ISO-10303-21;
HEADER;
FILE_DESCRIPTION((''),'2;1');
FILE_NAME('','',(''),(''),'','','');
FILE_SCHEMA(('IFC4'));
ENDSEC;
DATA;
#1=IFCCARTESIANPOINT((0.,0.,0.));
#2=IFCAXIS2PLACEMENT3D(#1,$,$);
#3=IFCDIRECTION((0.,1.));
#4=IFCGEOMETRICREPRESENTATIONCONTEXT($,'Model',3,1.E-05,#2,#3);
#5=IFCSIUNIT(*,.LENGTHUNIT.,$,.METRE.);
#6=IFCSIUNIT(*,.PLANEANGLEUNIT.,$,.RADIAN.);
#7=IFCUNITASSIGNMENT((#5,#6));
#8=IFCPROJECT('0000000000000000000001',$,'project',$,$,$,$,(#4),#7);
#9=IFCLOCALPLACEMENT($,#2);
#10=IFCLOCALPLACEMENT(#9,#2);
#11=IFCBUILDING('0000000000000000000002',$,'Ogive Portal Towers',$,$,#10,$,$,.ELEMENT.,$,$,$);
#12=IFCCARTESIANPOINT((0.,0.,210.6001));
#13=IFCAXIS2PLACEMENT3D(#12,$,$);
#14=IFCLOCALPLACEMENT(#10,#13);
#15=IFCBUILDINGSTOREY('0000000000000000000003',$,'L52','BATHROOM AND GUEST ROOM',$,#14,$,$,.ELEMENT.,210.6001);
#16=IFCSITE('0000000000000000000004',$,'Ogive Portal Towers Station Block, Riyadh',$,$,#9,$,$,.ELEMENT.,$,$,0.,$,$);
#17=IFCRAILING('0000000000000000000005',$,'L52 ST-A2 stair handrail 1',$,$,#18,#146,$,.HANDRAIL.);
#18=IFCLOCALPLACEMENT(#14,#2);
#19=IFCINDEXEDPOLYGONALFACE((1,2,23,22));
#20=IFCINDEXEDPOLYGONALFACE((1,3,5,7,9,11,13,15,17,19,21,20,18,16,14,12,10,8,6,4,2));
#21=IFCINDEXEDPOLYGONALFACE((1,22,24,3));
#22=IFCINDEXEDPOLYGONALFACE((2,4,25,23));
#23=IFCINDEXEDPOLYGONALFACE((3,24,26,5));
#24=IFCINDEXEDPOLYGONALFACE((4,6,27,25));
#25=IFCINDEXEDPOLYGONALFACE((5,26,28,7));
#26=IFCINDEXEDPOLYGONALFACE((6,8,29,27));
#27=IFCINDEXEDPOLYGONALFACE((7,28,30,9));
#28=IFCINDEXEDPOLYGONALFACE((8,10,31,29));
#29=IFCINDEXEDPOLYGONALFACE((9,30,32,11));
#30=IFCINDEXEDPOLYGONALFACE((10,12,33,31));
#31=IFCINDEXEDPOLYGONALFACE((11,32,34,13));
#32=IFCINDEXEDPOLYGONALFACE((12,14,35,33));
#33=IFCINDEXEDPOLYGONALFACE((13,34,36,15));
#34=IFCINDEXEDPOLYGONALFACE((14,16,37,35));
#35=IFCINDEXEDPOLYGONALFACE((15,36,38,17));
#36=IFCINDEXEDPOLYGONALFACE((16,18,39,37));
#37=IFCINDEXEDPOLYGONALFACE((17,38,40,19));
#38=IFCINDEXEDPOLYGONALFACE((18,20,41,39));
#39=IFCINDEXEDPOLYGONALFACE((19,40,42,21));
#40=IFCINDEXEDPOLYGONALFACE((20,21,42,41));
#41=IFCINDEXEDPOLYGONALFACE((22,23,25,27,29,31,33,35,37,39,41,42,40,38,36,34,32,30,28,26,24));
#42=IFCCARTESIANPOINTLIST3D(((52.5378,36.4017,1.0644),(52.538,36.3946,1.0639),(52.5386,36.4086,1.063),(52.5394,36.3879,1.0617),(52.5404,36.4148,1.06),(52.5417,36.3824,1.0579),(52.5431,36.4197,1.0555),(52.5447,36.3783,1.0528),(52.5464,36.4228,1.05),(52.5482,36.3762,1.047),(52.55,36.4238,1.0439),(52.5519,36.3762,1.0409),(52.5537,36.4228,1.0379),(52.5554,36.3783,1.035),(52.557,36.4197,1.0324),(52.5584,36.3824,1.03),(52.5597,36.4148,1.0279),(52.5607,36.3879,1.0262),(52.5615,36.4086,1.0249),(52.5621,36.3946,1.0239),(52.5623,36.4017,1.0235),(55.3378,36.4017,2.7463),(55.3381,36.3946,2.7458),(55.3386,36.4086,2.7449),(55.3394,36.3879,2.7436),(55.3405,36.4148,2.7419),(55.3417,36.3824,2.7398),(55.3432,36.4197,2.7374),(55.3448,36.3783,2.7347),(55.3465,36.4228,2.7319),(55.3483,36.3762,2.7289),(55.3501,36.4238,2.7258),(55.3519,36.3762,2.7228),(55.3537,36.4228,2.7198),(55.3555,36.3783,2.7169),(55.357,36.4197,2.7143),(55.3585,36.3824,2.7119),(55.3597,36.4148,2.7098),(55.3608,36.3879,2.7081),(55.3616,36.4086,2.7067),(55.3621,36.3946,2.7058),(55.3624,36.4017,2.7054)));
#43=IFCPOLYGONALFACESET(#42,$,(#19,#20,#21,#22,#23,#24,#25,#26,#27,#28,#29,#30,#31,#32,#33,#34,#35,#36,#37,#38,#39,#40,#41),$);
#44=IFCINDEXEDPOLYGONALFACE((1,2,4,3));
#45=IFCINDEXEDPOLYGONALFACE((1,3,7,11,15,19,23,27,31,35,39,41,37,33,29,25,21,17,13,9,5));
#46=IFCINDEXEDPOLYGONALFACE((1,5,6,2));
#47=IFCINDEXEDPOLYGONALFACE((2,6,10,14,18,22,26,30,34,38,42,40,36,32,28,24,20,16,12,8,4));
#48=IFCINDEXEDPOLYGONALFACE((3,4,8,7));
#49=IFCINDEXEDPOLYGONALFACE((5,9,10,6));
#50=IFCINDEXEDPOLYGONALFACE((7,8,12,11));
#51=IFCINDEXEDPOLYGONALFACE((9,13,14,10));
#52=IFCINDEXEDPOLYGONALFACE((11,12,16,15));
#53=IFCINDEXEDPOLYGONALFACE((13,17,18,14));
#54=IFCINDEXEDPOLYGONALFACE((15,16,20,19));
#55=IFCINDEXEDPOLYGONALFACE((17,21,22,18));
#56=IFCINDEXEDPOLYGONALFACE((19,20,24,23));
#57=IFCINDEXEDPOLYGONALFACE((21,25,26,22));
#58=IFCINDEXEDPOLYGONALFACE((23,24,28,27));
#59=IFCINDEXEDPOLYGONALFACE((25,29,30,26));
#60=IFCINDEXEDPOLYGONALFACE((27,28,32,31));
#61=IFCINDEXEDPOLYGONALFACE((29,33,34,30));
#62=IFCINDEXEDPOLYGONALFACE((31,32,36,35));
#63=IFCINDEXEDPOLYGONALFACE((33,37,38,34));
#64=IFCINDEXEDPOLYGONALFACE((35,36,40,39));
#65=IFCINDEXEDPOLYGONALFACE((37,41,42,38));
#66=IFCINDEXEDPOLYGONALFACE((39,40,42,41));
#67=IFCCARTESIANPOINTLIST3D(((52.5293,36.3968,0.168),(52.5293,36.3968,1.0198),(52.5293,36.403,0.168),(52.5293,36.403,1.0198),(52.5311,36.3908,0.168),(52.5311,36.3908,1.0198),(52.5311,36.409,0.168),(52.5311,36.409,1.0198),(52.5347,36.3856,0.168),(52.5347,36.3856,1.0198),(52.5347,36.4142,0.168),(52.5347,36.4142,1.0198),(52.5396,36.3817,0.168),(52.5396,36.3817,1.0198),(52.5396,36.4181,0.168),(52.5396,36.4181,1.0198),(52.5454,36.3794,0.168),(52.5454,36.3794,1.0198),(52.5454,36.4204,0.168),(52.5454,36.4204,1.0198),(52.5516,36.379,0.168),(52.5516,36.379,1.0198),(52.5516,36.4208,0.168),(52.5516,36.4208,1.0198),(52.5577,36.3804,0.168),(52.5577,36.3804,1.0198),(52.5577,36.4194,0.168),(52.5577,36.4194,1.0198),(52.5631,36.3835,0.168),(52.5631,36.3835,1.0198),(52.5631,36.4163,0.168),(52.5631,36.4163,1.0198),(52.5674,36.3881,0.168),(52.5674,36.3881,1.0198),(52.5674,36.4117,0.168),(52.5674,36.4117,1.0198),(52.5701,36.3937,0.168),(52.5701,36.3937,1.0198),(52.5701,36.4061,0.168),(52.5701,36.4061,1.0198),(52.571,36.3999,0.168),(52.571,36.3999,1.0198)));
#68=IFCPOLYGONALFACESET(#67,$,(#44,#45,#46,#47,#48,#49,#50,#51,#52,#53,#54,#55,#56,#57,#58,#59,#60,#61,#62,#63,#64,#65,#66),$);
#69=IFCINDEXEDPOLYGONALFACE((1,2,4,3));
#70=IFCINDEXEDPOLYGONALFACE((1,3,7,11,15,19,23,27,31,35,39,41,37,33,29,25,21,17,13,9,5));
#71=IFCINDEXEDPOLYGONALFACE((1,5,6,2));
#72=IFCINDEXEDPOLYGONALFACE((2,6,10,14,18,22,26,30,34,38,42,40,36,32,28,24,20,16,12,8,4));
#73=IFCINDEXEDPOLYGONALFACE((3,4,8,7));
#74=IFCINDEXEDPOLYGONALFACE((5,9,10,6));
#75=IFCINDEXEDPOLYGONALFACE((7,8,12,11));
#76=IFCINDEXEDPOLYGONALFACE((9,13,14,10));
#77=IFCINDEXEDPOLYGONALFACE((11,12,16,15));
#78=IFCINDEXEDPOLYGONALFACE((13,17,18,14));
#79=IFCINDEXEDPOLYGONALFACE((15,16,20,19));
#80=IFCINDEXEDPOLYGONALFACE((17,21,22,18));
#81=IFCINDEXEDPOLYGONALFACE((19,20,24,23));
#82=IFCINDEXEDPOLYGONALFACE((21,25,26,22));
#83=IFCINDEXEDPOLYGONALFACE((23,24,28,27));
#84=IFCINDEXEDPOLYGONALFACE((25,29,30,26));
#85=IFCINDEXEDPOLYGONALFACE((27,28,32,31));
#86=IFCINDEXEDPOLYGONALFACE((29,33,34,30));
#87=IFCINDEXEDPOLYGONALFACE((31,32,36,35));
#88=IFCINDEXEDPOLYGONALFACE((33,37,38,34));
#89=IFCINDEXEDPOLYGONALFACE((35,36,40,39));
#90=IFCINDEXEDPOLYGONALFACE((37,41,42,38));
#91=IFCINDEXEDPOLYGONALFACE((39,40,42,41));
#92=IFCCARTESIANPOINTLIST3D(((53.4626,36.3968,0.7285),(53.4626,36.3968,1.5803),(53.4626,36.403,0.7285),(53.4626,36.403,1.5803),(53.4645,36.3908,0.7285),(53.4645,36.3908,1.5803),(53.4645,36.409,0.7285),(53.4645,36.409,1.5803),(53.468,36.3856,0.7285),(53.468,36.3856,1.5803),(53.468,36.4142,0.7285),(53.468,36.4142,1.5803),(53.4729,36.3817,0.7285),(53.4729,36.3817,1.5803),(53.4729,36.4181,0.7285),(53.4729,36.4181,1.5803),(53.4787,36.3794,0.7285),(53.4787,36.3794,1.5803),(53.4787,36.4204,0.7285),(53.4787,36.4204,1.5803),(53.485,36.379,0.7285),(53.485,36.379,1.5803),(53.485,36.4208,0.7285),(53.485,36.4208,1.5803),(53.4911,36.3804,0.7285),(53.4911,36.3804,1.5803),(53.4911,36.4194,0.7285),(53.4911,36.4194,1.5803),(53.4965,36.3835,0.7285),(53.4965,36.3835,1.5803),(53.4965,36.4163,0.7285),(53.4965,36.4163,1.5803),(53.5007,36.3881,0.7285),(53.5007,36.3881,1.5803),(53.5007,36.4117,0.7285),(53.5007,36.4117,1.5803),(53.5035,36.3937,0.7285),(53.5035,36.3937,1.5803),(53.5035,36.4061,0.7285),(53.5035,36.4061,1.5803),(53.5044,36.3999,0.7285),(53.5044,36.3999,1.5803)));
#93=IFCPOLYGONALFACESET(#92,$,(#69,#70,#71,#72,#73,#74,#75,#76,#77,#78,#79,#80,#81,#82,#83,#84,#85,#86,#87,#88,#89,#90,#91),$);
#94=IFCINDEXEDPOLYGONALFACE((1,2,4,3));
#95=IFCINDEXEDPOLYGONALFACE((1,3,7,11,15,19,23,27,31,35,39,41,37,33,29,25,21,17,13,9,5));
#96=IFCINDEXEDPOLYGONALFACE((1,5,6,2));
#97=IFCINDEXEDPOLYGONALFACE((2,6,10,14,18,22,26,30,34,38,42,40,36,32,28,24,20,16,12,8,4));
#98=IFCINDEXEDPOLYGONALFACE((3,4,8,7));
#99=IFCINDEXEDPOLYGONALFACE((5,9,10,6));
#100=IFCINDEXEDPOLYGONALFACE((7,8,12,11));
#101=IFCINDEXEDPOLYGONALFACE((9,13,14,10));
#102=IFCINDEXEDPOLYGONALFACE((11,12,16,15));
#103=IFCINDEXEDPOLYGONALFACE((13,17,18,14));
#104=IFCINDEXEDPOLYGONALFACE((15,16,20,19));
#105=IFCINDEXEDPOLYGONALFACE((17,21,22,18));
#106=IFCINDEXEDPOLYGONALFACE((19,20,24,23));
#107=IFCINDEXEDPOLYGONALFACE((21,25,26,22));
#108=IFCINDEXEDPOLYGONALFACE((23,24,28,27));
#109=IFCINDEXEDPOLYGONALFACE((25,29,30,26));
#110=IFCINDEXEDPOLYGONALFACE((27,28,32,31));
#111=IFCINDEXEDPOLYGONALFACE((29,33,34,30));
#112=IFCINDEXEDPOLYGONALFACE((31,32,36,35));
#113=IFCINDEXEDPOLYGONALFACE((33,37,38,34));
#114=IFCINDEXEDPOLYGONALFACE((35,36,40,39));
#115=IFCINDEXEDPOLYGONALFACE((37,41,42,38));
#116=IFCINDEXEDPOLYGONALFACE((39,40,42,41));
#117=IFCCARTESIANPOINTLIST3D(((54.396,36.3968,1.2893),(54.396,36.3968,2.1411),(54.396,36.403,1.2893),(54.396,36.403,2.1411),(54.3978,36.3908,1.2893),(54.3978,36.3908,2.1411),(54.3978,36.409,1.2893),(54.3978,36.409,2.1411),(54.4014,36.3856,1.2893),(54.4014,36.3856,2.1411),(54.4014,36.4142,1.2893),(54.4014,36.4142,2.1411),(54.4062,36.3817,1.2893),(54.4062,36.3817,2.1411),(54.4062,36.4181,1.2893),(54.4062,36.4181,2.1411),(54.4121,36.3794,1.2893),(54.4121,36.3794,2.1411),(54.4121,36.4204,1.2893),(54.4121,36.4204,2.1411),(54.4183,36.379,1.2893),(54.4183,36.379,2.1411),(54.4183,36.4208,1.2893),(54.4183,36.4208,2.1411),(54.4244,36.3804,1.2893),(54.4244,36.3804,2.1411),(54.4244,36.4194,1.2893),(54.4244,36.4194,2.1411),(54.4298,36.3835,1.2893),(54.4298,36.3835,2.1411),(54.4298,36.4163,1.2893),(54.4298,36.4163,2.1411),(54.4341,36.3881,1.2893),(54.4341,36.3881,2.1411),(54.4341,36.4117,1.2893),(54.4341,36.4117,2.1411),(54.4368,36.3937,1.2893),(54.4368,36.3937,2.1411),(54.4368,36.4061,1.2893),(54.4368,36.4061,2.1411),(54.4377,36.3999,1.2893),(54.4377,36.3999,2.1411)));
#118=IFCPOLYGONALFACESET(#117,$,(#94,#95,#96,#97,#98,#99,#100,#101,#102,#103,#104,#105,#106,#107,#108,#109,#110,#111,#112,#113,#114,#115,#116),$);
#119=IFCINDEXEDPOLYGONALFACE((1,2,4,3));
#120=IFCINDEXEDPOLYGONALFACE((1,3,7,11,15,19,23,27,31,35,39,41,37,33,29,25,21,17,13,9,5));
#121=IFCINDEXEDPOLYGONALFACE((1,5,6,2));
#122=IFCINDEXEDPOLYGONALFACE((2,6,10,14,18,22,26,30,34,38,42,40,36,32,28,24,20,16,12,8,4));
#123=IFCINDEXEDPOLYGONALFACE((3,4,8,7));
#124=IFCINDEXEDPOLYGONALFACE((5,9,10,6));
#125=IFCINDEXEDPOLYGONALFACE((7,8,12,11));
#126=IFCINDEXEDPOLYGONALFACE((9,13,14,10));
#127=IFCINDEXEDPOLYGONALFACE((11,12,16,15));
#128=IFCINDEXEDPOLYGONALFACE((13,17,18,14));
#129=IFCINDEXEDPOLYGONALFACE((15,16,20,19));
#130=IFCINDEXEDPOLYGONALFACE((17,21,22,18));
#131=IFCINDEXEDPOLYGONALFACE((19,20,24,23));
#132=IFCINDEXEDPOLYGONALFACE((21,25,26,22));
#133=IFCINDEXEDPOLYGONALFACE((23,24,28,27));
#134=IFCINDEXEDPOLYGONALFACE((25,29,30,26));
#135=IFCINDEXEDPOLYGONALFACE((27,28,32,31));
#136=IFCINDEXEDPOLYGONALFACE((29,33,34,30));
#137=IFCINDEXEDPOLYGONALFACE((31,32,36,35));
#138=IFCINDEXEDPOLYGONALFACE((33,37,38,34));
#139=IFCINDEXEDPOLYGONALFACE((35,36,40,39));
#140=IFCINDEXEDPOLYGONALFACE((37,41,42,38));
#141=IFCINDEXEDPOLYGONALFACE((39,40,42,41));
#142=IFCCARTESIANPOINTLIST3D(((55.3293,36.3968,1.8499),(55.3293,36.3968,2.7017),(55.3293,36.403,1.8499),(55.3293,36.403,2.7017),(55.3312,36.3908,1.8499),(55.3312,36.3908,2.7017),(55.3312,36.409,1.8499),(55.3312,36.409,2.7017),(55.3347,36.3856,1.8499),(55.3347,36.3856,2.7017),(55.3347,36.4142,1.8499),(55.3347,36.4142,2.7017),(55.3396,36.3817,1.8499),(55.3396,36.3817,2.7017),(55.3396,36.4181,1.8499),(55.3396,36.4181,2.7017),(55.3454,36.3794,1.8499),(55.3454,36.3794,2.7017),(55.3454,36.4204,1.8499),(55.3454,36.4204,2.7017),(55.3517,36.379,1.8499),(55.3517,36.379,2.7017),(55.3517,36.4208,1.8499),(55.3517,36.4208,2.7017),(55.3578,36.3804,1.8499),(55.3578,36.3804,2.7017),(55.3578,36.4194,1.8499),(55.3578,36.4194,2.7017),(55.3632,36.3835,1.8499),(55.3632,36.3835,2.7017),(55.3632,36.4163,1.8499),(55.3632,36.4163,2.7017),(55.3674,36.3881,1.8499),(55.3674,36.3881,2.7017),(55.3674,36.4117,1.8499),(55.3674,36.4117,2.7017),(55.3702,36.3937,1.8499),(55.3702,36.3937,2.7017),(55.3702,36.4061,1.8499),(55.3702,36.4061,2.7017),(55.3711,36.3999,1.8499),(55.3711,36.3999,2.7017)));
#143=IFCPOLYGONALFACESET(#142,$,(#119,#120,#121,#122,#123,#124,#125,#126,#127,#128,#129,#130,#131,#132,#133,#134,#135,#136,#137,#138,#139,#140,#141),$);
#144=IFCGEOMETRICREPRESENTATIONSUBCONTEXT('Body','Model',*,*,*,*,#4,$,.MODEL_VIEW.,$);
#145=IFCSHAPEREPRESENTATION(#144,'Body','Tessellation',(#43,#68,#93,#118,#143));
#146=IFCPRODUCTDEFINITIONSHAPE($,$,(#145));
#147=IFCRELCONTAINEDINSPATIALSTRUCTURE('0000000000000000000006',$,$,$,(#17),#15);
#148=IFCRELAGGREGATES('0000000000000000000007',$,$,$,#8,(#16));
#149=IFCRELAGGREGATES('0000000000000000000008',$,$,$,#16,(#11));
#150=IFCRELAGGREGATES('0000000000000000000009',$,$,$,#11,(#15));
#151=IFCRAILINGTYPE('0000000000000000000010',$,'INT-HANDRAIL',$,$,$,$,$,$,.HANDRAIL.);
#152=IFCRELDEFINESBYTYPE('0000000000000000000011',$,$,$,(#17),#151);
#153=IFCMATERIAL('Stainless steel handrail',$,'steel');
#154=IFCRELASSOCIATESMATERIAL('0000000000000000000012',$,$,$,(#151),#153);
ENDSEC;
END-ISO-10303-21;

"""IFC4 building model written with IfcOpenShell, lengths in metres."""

from ifc_helpers import new_model, si_unit, direction, frame, origin, origin_2d, place, context, subcontext, project, spatial, circle, extrude, material, type_object, element, save


model = new_model("IFC4")

# Units and contexts
model_context = context("Model", 3, precision=1e-05, world=origin(), true_north=direction((0.0, 1.0)))
body_context = subcontext(model_context, "Body", "Model", "MODEL_VIEW")
ifc_project = project(units=[si_unit("LENGTHUNIT", "METRE"), si_unit("PLANEANGLEUNIT", "RADIAN")], contexts=[model_context])

# Site, building, storey
site_placement = place(None, origin())
site = spatial("IfcSite", under=ifc_project, at=site_placement, Name="Ogive Portal Towers Station Block, Riyadh", CompositionType="ELEMENT", RefElevation=0.0)
building_placement = place(site_placement, origin())
building = spatial("IfcBuilding", under=site, at=building_placement, Name="Ogive Portal Towers", CompositionType="ELEMENT")
storey_placement = place(building_placement, frame((0.0, 0.0, 210.6001)))
storey = spatial("IfcBuildingStorey", under=building, at=storey_placement, Name="L52", Description="BATHROOM AND GUEST ROOM", CompositionType="ELEMENT", Elevation=210.6001)

# Railing
ifc_material_1 = material(Name="Stainless steel handrail", Category="steel")
railing_type_1 = type_object("IfcRailingType", Name="INT-HANDRAIL", PredefinedType="HANDRAIL", material=ifc_material_1)
railing_1_placement = place(storey_placement, frame((52.55, 36.3999, 0.168)))
element("IfcRailing", 1, at=railing_1_placement, inside=storey, type_object=railing_type_1, Name="L52 ST-A2 stair handrail 1", PredefinedType="HANDRAIL", context=body_context, shape_type="SweptSolid", body=[
    extrude(circle(Radius=0.0239, at=origin_2d()), frame((0.0, 0.0, 0.876), z_axis=(0.857242, 0.0, 0.514913), x_axis=(0.0, 1.0, 0.0)), (0.0, 0.0, 1.0), 3.2664),
    extrude(circle(Radius=0.021, at=origin_2d()), origin(), (0.0, 0.0, 1.0), 0.8518),
    extrude(circle(Radius=0.021, at=origin_2d()), frame((0.9333, 0.0, 0.5605)), (0.0, 0.0, 1.0), 0.8518),
    extrude(circle(Radius=0.021, at=origin_2d()), frame((1.8667, 0.0, 1.1213)), (0.0, 0.0, 1.0), 0.8518),
    extrude(circle(Radius=0.021, at=origin_2d()), frame((2.8, 0.0, 1.6819)), (0.0, 0.0, 1.0), 0.8518),
])

save(model, "model.ifc")
